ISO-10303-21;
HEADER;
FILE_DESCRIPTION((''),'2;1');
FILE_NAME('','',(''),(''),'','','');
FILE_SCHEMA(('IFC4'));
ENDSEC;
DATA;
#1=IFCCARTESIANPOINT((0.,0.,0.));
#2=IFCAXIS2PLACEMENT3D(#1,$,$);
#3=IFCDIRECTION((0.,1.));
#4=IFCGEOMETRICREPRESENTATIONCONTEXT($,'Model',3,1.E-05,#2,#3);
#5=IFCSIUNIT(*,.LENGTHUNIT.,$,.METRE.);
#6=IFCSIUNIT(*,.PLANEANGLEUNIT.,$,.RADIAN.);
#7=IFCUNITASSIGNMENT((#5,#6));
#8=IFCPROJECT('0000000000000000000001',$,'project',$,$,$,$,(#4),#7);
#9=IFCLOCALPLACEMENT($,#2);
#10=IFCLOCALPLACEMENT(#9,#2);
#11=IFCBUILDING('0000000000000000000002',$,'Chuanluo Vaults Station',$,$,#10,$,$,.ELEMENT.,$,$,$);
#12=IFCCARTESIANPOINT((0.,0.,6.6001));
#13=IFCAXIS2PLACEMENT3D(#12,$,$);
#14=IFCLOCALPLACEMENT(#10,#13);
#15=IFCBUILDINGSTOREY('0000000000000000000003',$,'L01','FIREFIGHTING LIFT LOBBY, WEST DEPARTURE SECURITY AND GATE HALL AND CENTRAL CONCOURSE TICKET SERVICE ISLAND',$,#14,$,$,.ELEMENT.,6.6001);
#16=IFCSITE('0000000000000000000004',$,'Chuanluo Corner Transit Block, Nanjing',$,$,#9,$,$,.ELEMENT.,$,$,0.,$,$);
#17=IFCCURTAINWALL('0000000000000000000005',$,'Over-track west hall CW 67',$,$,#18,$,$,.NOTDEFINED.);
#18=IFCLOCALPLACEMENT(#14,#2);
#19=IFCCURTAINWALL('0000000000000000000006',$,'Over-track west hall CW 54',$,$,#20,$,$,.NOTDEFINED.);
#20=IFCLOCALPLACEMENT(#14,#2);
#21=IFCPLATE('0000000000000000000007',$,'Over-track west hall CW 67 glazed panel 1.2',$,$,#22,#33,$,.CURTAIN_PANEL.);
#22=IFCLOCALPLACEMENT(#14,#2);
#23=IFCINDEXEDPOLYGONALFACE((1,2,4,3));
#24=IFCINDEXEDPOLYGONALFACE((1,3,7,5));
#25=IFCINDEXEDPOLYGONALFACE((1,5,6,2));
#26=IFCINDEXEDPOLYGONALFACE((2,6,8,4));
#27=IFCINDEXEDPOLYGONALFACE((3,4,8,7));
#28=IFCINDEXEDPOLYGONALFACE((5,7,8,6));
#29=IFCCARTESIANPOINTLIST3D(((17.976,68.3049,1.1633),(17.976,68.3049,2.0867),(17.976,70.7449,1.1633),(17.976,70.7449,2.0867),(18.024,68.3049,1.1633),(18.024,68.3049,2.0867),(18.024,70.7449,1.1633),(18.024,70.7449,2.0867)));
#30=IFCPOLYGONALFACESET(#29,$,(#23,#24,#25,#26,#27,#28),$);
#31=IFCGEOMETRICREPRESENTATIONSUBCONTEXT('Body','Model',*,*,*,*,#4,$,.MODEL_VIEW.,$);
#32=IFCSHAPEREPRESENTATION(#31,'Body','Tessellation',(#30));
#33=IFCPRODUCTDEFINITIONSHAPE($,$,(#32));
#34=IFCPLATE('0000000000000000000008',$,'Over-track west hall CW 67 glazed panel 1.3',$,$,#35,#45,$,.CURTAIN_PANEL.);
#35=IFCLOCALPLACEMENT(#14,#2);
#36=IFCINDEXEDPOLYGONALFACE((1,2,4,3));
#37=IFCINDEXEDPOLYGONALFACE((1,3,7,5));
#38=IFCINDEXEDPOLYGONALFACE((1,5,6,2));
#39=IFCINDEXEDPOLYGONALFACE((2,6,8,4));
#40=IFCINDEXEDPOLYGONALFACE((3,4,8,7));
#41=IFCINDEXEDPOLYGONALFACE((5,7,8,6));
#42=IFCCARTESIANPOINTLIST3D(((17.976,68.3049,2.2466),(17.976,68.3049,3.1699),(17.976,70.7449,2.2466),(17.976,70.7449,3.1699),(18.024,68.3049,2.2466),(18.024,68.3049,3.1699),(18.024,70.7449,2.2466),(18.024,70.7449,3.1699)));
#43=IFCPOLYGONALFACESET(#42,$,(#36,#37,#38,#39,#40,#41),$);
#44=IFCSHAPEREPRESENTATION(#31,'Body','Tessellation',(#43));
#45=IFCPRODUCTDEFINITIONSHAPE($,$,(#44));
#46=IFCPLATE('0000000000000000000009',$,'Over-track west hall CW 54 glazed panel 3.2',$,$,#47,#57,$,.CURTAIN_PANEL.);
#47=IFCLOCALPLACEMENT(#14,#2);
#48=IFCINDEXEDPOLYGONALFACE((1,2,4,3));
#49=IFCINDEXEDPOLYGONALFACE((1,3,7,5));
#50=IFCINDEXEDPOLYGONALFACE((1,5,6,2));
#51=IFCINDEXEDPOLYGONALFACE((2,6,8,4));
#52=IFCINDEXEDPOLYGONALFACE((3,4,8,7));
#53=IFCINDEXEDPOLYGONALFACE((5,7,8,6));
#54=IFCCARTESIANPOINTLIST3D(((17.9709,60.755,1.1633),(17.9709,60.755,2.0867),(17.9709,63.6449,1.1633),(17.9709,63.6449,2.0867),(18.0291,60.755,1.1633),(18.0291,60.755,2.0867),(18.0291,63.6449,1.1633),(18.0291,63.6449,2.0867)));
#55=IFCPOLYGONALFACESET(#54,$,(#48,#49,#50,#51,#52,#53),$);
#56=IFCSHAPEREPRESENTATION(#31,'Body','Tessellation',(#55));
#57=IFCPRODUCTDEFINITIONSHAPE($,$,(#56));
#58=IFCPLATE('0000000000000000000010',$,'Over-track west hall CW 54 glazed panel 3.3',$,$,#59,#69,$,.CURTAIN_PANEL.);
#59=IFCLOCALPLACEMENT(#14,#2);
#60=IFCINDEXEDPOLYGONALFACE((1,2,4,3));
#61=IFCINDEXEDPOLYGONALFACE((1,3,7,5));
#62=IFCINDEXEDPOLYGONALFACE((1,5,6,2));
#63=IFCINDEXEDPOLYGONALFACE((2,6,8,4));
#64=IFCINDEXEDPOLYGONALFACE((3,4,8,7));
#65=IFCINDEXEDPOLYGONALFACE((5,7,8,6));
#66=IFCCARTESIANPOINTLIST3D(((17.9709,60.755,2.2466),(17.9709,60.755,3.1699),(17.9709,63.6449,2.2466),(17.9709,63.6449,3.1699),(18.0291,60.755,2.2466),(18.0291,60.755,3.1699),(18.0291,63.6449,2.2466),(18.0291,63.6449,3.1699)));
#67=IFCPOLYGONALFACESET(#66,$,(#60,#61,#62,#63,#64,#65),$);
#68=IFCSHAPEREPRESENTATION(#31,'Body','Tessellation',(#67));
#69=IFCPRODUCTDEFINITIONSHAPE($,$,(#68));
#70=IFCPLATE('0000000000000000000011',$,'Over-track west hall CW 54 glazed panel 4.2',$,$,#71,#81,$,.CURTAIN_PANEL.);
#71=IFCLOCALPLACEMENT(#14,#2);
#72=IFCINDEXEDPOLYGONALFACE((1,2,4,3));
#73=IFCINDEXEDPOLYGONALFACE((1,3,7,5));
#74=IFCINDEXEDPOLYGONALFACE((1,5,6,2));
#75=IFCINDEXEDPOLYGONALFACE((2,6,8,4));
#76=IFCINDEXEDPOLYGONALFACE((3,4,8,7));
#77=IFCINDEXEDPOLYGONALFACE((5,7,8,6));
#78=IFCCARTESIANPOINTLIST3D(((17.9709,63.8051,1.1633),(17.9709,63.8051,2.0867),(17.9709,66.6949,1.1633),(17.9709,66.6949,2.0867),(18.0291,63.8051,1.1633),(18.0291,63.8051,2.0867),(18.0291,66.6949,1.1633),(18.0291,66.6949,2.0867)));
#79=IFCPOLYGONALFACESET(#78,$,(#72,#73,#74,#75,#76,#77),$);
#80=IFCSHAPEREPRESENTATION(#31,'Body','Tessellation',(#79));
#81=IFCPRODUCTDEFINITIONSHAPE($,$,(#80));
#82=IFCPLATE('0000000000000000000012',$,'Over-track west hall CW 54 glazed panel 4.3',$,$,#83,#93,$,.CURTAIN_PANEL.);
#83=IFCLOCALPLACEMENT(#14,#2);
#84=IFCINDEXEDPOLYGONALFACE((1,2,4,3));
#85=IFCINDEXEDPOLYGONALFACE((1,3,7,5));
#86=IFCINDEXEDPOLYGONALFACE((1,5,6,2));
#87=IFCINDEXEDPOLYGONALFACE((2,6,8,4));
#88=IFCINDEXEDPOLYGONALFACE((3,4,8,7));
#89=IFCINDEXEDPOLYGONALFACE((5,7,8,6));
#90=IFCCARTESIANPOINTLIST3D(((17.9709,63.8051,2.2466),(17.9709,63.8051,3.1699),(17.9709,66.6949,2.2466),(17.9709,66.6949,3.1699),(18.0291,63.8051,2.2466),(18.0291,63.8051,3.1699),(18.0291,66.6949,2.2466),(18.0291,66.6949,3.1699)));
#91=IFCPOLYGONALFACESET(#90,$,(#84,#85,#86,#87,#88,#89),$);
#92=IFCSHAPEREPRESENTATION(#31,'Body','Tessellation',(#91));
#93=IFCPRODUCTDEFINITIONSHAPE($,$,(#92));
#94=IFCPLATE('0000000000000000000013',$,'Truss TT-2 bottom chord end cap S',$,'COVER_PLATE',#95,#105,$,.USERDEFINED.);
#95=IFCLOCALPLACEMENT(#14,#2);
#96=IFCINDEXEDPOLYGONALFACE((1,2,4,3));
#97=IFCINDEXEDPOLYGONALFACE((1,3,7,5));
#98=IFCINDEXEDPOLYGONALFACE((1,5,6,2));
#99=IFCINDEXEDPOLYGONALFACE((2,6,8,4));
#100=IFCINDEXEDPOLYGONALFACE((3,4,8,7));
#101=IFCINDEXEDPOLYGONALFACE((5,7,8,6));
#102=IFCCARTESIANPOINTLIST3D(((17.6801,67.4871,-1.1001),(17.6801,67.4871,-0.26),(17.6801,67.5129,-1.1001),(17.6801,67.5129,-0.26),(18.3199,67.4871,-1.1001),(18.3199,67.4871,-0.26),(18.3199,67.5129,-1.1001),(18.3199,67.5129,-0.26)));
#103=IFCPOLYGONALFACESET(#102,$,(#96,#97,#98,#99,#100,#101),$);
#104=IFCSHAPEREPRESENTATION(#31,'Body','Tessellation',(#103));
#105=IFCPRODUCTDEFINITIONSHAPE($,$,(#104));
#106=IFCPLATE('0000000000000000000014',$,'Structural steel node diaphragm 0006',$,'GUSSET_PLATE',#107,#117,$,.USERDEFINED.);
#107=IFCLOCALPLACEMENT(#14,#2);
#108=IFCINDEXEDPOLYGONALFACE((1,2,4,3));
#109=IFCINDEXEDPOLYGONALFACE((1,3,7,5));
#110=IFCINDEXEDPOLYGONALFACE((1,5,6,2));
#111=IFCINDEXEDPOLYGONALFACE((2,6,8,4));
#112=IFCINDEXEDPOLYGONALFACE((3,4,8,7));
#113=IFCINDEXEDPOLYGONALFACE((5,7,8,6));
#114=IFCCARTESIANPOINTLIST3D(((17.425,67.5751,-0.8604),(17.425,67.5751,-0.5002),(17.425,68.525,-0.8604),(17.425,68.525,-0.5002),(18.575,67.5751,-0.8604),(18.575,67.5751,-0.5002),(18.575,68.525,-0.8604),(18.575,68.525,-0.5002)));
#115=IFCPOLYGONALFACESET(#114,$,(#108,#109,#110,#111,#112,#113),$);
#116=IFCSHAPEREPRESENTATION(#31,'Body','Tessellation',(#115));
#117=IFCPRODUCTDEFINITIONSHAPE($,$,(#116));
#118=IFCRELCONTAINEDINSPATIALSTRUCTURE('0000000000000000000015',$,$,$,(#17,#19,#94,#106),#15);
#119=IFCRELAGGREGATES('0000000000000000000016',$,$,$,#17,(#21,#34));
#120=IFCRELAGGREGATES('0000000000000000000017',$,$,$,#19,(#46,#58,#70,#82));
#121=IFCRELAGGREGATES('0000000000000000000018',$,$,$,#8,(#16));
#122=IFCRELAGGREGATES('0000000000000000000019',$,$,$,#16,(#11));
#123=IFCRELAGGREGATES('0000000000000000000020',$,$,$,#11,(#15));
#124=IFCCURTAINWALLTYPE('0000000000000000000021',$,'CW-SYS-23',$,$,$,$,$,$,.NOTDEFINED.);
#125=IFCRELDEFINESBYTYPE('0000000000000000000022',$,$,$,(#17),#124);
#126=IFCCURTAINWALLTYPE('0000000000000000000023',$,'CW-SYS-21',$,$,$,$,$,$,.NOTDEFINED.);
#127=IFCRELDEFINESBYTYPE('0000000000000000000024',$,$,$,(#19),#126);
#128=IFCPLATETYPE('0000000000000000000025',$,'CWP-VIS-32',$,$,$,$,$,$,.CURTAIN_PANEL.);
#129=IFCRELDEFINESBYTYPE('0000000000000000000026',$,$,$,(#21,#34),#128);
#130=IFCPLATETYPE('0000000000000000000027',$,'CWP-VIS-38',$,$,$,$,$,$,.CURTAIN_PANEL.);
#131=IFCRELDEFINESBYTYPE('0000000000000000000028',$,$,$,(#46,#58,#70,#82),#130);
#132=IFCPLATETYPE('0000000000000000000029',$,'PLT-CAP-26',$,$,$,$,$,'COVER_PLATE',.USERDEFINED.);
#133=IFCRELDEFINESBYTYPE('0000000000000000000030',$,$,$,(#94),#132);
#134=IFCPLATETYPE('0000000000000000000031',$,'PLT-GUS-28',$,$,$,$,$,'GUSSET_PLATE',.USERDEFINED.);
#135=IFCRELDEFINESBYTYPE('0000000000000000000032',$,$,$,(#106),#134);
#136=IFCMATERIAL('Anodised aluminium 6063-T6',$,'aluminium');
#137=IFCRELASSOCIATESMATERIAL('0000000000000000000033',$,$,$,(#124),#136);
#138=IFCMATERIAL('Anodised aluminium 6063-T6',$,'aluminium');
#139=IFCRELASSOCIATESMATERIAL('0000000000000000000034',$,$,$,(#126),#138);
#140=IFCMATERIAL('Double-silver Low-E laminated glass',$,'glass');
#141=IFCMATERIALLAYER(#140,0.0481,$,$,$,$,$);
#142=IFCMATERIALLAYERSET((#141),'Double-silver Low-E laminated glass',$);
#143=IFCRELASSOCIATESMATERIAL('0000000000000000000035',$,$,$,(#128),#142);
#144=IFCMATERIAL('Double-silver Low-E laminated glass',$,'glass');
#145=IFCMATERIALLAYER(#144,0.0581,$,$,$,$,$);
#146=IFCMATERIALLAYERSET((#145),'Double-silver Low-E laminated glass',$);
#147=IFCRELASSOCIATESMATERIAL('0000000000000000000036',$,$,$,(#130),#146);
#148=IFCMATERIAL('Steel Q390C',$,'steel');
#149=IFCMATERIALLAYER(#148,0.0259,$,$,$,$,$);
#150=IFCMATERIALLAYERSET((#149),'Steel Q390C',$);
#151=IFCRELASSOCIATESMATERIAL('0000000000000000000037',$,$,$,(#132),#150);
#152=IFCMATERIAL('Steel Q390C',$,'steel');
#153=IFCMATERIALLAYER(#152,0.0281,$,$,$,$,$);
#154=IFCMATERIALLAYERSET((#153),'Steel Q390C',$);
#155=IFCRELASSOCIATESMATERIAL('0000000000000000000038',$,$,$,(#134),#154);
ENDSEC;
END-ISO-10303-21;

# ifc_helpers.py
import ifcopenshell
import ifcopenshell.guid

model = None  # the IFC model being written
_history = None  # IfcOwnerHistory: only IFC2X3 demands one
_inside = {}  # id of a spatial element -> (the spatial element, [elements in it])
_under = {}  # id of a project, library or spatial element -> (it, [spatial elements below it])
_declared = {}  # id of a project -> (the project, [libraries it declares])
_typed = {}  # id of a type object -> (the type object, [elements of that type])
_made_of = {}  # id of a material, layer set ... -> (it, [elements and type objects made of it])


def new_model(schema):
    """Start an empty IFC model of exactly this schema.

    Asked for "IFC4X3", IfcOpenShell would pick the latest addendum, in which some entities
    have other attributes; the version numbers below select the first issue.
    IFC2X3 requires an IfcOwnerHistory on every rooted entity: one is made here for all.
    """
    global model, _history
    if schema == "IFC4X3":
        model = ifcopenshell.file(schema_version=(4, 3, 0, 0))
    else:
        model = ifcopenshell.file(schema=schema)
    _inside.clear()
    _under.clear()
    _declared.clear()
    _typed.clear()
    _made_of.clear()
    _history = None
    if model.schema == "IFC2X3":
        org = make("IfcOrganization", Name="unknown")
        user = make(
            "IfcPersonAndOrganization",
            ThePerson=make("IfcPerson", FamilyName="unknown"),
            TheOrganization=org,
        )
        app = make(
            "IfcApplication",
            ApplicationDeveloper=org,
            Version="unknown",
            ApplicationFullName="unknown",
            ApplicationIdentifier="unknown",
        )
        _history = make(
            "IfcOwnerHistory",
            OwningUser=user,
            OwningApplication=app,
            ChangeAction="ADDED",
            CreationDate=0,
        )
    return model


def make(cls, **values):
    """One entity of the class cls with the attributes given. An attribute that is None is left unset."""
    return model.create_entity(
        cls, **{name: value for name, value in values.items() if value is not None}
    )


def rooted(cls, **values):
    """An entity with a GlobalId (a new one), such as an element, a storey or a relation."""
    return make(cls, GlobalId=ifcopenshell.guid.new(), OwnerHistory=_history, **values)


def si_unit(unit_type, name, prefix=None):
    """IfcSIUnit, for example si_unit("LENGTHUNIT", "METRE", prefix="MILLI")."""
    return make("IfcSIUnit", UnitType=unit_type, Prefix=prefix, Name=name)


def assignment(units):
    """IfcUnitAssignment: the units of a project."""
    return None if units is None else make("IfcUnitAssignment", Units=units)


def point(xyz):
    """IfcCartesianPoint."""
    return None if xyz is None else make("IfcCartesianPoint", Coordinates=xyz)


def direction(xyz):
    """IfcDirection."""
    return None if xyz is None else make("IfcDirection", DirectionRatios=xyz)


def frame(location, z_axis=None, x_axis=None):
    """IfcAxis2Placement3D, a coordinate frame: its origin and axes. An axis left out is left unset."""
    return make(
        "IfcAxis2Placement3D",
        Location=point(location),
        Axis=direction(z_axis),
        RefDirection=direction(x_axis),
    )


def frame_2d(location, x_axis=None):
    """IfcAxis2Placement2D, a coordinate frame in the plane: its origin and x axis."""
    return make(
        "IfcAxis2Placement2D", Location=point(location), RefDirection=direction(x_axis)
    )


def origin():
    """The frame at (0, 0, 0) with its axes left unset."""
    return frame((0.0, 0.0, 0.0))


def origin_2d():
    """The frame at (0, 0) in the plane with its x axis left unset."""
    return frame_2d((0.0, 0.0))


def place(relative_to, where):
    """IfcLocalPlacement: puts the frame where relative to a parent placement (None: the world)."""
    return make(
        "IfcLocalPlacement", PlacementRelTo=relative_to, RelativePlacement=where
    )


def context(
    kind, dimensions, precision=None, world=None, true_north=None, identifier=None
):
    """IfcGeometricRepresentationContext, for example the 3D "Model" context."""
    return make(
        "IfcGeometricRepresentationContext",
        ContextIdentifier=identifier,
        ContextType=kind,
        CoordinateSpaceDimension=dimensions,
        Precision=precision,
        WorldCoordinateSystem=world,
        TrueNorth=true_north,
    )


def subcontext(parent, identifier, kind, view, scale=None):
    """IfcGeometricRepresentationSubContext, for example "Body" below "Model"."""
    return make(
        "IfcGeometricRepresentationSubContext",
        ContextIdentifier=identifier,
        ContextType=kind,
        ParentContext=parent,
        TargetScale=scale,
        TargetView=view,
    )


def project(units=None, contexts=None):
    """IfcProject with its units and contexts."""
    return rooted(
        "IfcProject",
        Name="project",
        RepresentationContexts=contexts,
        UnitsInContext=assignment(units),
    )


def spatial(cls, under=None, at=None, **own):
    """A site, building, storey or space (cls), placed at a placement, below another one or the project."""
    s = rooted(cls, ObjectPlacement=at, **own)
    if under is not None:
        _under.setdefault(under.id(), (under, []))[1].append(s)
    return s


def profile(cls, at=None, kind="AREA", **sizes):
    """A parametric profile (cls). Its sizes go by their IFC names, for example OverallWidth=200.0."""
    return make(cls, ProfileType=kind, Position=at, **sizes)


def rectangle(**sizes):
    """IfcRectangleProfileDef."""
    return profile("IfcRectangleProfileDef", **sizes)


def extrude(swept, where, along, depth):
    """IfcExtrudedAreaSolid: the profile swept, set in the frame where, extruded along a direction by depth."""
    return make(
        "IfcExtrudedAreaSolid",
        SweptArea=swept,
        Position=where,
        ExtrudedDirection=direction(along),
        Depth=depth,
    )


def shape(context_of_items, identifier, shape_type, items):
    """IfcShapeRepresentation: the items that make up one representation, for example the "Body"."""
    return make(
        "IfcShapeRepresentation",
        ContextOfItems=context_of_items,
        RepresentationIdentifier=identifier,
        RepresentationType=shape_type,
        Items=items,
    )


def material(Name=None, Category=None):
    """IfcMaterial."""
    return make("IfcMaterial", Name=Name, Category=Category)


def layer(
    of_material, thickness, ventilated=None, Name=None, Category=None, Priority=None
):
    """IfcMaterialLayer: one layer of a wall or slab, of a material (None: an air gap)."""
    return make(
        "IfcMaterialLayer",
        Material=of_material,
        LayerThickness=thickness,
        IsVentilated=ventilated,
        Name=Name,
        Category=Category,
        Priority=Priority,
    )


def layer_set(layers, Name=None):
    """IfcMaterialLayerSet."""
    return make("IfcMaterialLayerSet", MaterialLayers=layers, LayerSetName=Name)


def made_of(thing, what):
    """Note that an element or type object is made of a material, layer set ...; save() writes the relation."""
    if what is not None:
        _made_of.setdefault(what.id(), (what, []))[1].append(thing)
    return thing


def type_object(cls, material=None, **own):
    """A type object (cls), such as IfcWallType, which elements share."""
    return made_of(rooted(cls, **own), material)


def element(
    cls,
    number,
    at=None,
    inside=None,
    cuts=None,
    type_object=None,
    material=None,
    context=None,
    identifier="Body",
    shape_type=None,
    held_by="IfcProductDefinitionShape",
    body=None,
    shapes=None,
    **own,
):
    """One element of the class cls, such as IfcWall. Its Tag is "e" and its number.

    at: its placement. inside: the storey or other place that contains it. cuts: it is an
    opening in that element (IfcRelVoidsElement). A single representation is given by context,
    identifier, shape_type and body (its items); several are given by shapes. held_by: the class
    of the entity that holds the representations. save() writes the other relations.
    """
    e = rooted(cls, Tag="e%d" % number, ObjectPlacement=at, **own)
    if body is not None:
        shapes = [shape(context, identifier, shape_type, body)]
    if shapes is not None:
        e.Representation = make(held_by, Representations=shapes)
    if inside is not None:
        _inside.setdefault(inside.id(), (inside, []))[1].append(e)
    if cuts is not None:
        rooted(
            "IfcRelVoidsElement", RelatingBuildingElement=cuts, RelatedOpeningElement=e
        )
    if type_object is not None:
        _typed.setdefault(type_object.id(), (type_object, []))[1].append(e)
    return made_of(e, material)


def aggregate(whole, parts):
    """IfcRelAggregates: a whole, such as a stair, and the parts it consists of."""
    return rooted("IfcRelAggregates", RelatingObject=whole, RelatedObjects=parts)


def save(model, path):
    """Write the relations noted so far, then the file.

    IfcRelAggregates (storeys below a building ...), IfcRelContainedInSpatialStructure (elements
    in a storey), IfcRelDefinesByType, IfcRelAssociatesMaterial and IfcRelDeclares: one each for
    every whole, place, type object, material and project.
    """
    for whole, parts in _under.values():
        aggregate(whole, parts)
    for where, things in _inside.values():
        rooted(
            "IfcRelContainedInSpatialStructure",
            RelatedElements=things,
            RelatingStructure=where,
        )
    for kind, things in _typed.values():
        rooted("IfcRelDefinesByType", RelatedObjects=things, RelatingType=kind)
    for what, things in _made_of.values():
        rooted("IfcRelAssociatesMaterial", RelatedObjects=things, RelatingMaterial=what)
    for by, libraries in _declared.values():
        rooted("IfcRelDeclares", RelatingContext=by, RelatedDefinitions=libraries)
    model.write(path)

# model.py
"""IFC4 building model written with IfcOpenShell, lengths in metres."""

from ifc_helpers import new_model, si_unit, direction, frame, origin, origin_2d, place, context, subcontext, project, spatial, rectangle, extrude, material, layer, layer_set, type_object, element, aggregate, save


model = new_model("IFC4")

# Units and contexts
model_context = context("Model", 3, precision=1e-05, world=origin(), true_north=direction((0.0, 1.0)))
body_context = subcontext(model_context, "Body", "Model", "MODEL_VIEW")
ifc_project = project(units=[si_unit("LENGTHUNIT", "METRE"), si_unit("PLANEANGLEUNIT", "RADIAN")], contexts=[model_context])

# Site, building, storey
site_placement = place(None, origin())
site = spatial("IfcSite", under=ifc_project, at=site_placement, Name="Chuanluo Corner Transit Block, Nanjing", CompositionType="ELEMENT", RefElevation=0.0)
building_placement = place(site_placement, origin())
building = spatial("IfcBuilding", under=site, at=building_placement, Name="Chuanluo Vaults Station", CompositionType="ELEMENT")
storey_placement = place(building_placement, frame((0.0, 0.0, 6.6001)))
storey = spatial("IfcBuildingStorey", under=building, at=storey_placement, Name="L01", Description="FIREFIGHTING LIFT LOBBY, WEST DEPARTURE SECURITY AND GATE HALL AND CENTRAL CONCOURSE TICKET SERVICE ISLAND", CompositionType="ELEMENT", Elevation=6.6001)

# Curtain wall
ifc_material_1 = material(Name="Anodised aluminium 6063-T6", Category="aluminium")
curtain_wall_type_1 = type_object("IfcCurtainWallType", Name="CW-SYS-23", PredefinedType="NOTDEFINED", material=ifc_material_1)
curtain_wall_1_placement = place(storey_placement, origin())
curtain_wall_1 = element("IfcCurtainWall", 1, at=curtain_wall_1_placement, inside=storey, type_object=curtain_wall_type_1, Name="Over-track west hall CW 67", PredefinedType="NOTDEFINED")

# Curtain wall
ifc_material_2 = material(Name="Anodised aluminium 6063-T6", Category="aluminium")
curtain_wall_type_2 = type_object("IfcCurtainWallType", Name="CW-SYS-21", PredefinedType="NOTDEFINED", material=ifc_material_2)
curtain_wall_2_placement = place(storey_placement, origin())
curtain_wall_2 = element("IfcCurtainWall", 2, at=curtain_wall_2_placement, inside=storey, type_object=curtain_wall_type_2, Name="Over-track west hall CW 54", PredefinedType="NOTDEFINED")

# Plates
ifc_material_3 = material(Name="Double-silver Low-E laminated glass", Category="glass")
ifc_layer_1 = layer(ifc_material_3, 0.0481)
ifc_layer_set_1 = layer_set([ifc_layer_1], Name="Double-silver Low-E laminated glass")
plate_type_1 = type_object("IfcPlateType", Name="CWP-VIS-32", PredefinedType="CURTAIN_PANEL", material=ifc_layer_set_1)
plate_1_placement = place(storey_placement, frame((18.0, 69.5249, 1.1633), z_axis=(0.0, 0.0, 1.0), x_axis=(0.0, 1.0, 0.0)))
plate_1 = element("IfcPlate", 3, at=plate_1_placement, type_object=plate_type_1, Name="Over-track west hall CW 67 glazed panel 1.2", PredefinedType="CURTAIN_PANEL", context=body_context, shape_type="SweptSolid", body=[
    extrude(rectangle(XDim=2.4399, YDim=0.0481, at=origin_2d()), origin(), (0.0, 0.0, 1.0), 0.9233),
])
plate_2_placement = place(storey_placement, frame((18.0, 69.5249, 2.2466), z_axis=(0.0, 0.0, 1.0), x_axis=(0.0, 1.0, 0.0)))
plate_2 = element("IfcPlate", 4, at=plate_2_placement, type_object=plate_type_1, Name="Over-track west hall CW 67 glazed panel 1.3", PredefinedType="CURTAIN_PANEL", context=body_context, shape_type="SweptSolid", body=[
    extrude(rectangle(XDim=2.4399, YDim=0.0481, at=origin_2d()), origin(), (0.0, 0.0, 1.0), 0.9233),
])
aggregate(curtain_wall_1, [plate_1, plate_2])
ifc_material_4 = material(Name="Double-silver Low-E laminated glass", Category="glass")
ifc_layer_2 = layer(ifc_material_4, 0.0581)
ifc_layer_set_2 = layer_set([ifc_layer_2], Name="Double-silver Low-E laminated glass")
plate_type_2 = type_object("IfcPlateType", Name="CWP-VIS-38", PredefinedType="CURTAIN_PANEL", material=ifc_layer_set_2)
plate_3_placement = place(storey_placement, frame((18.0, 62.2, 1.1633), z_axis=(0.0, 0.0, 1.0), x_axis=(0.0, 1.0, 0.0)))
plate_3 = element("IfcPlate", 5, at=plate_3_placement, type_object=plate_type_2, Name="Over-track west hall CW 54 glazed panel 3.2", PredefinedType="CURTAIN_PANEL", context=body_context, shape_type="SweptSolid", body=[
    extrude(rectangle(XDim=2.8899, YDim=0.0581, at=origin_2d()), origin(), (0.0, 0.0, 1.0), 0.9233),
])
plate_4_placement = place(storey_placement, frame((18.0, 62.2, 2.2466), z_axis=(0.0, 0.0, 1.0), x_axis=(0.0, 1.0, 0.0)))
plate_4 = element("IfcPlate", 6, at=plate_4_placement, type_object=plate_type_2, Name="Over-track west hall CW 54 glazed panel 3.3", PredefinedType="CURTAIN_PANEL", context=body_context, shape_type="SweptSolid", body=[
    extrude(rectangle(XDim=2.8899, YDim=0.0581, at=origin_2d()), origin(), (0.0, 0.0, 1.0), 0.9233),
])
plate_5_placement = place(storey_placement, frame((18.0, 65.25, 1.1633), z_axis=(0.0, 0.0, 1.0), x_axis=(0.0, 1.0, 0.0)))
plate_5 = element("IfcPlate", 7, at=plate_5_placement, type_object=plate_type_2, Name="Over-track west hall CW 54 glazed panel 4.2", PredefinedType="CURTAIN_PANEL", context=body_context, shape_type="SweptSolid", body=[
    extrude(rectangle(XDim=2.8899, YDim=0.0581, at=origin_2d()), origin(), (0.0, 0.0, 1.0), 0.9233),
])
plate_6_placement = place(storey_placement, frame((18.0, 65.25, 2.2466), z_axis=(0.0, 0.0, 1.0), x_axis=(0.0, 1.0, 0.0)))
plate_6 = element("IfcPlate", 8, at=plate_6_placement, type_object=plate_type_2, Name="Over-track west hall CW 54 glazed panel 4.3", PredefinedType="CURTAIN_PANEL", context=body_context, shape_type="SweptSolid", body=[
    extrude(rectangle(XDim=2.8899, YDim=0.0581, at=origin_2d()), origin(), (0.0, 0.0, 1.0), 0.9233),
])
aggregate(curtain_wall_2, [plate_3, plate_4, plate_5, plate_6])

# Plates
ifc_material_5 = material(Name="Steel Q390C", Category="steel")
ifc_layer_3 = layer(ifc_material_5, 0.0259)
ifc_layer_set_3 = layer_set([ifc_layer_3], Name="Steel Q390C")
plate_type_3 = type_object("IfcPlateType", Name="PLT-CAP-26", ElementType="COVER_PLATE", PredefinedType="USERDEFINED", material=ifc_layer_set_3)
plate_7_placement = place(storey_placement, frame((18.0, 67.5, -1.1001), z_axis=(0.0, 0.0, 1.0), x_axis=(1.0, 0.0, 0.0)))
element("IfcPlate", 9, at=plate_7_placement, inside=storey, type_object=plate_type_3, Name="Truss TT-2 bottom chord end cap S", ObjectType="COVER_PLATE", PredefinedType="USERDEFINED", context=body_context, shape_type="SweptSolid", body=[
    extrude(rectangle(XDim=0.6399, YDim=0.0259, at=origin_2d()), origin(), (0.0, 0.0, 1.0), 0.8401),
])
ifc_material_6 = material(Name="Steel Q390C", Category="steel")
ifc_layer_4 = layer(ifc_material_6, 0.0281)
ifc_layer_set_4 = layer_set([ifc_layer_4], Name="Steel Q390C")
plate_type_4 = type_object("IfcPlateType", Name="PLT-GUS-28", ElementType="GUSSET_PLATE", PredefinedType="USERDEFINED", material=ifc_layer_set_4)
plate_8_placement = place(storey_placement, frame((18.0, 68.05, -0.8604), z_axis=(0.0, 0.0, 1.0), x_axis=(1.0, 0.0, 0.0)))
element("IfcPlate", 10, at=plate_8_placement, inside=storey, type_object=plate_type_4, Name="Structural steel node diaphragm 0006", ObjectType="GUSSET_PLATE", PredefinedType="USERDEFINED", context=body_context, shape_type="SweptSolid", body=[
    extrude(rectangle(XDim=1.1499, YDim=0.95, at=origin_2d()), origin(), (0.0, 0.0, 1.0), 0.3601),
])

save(model, "model.ifc")
